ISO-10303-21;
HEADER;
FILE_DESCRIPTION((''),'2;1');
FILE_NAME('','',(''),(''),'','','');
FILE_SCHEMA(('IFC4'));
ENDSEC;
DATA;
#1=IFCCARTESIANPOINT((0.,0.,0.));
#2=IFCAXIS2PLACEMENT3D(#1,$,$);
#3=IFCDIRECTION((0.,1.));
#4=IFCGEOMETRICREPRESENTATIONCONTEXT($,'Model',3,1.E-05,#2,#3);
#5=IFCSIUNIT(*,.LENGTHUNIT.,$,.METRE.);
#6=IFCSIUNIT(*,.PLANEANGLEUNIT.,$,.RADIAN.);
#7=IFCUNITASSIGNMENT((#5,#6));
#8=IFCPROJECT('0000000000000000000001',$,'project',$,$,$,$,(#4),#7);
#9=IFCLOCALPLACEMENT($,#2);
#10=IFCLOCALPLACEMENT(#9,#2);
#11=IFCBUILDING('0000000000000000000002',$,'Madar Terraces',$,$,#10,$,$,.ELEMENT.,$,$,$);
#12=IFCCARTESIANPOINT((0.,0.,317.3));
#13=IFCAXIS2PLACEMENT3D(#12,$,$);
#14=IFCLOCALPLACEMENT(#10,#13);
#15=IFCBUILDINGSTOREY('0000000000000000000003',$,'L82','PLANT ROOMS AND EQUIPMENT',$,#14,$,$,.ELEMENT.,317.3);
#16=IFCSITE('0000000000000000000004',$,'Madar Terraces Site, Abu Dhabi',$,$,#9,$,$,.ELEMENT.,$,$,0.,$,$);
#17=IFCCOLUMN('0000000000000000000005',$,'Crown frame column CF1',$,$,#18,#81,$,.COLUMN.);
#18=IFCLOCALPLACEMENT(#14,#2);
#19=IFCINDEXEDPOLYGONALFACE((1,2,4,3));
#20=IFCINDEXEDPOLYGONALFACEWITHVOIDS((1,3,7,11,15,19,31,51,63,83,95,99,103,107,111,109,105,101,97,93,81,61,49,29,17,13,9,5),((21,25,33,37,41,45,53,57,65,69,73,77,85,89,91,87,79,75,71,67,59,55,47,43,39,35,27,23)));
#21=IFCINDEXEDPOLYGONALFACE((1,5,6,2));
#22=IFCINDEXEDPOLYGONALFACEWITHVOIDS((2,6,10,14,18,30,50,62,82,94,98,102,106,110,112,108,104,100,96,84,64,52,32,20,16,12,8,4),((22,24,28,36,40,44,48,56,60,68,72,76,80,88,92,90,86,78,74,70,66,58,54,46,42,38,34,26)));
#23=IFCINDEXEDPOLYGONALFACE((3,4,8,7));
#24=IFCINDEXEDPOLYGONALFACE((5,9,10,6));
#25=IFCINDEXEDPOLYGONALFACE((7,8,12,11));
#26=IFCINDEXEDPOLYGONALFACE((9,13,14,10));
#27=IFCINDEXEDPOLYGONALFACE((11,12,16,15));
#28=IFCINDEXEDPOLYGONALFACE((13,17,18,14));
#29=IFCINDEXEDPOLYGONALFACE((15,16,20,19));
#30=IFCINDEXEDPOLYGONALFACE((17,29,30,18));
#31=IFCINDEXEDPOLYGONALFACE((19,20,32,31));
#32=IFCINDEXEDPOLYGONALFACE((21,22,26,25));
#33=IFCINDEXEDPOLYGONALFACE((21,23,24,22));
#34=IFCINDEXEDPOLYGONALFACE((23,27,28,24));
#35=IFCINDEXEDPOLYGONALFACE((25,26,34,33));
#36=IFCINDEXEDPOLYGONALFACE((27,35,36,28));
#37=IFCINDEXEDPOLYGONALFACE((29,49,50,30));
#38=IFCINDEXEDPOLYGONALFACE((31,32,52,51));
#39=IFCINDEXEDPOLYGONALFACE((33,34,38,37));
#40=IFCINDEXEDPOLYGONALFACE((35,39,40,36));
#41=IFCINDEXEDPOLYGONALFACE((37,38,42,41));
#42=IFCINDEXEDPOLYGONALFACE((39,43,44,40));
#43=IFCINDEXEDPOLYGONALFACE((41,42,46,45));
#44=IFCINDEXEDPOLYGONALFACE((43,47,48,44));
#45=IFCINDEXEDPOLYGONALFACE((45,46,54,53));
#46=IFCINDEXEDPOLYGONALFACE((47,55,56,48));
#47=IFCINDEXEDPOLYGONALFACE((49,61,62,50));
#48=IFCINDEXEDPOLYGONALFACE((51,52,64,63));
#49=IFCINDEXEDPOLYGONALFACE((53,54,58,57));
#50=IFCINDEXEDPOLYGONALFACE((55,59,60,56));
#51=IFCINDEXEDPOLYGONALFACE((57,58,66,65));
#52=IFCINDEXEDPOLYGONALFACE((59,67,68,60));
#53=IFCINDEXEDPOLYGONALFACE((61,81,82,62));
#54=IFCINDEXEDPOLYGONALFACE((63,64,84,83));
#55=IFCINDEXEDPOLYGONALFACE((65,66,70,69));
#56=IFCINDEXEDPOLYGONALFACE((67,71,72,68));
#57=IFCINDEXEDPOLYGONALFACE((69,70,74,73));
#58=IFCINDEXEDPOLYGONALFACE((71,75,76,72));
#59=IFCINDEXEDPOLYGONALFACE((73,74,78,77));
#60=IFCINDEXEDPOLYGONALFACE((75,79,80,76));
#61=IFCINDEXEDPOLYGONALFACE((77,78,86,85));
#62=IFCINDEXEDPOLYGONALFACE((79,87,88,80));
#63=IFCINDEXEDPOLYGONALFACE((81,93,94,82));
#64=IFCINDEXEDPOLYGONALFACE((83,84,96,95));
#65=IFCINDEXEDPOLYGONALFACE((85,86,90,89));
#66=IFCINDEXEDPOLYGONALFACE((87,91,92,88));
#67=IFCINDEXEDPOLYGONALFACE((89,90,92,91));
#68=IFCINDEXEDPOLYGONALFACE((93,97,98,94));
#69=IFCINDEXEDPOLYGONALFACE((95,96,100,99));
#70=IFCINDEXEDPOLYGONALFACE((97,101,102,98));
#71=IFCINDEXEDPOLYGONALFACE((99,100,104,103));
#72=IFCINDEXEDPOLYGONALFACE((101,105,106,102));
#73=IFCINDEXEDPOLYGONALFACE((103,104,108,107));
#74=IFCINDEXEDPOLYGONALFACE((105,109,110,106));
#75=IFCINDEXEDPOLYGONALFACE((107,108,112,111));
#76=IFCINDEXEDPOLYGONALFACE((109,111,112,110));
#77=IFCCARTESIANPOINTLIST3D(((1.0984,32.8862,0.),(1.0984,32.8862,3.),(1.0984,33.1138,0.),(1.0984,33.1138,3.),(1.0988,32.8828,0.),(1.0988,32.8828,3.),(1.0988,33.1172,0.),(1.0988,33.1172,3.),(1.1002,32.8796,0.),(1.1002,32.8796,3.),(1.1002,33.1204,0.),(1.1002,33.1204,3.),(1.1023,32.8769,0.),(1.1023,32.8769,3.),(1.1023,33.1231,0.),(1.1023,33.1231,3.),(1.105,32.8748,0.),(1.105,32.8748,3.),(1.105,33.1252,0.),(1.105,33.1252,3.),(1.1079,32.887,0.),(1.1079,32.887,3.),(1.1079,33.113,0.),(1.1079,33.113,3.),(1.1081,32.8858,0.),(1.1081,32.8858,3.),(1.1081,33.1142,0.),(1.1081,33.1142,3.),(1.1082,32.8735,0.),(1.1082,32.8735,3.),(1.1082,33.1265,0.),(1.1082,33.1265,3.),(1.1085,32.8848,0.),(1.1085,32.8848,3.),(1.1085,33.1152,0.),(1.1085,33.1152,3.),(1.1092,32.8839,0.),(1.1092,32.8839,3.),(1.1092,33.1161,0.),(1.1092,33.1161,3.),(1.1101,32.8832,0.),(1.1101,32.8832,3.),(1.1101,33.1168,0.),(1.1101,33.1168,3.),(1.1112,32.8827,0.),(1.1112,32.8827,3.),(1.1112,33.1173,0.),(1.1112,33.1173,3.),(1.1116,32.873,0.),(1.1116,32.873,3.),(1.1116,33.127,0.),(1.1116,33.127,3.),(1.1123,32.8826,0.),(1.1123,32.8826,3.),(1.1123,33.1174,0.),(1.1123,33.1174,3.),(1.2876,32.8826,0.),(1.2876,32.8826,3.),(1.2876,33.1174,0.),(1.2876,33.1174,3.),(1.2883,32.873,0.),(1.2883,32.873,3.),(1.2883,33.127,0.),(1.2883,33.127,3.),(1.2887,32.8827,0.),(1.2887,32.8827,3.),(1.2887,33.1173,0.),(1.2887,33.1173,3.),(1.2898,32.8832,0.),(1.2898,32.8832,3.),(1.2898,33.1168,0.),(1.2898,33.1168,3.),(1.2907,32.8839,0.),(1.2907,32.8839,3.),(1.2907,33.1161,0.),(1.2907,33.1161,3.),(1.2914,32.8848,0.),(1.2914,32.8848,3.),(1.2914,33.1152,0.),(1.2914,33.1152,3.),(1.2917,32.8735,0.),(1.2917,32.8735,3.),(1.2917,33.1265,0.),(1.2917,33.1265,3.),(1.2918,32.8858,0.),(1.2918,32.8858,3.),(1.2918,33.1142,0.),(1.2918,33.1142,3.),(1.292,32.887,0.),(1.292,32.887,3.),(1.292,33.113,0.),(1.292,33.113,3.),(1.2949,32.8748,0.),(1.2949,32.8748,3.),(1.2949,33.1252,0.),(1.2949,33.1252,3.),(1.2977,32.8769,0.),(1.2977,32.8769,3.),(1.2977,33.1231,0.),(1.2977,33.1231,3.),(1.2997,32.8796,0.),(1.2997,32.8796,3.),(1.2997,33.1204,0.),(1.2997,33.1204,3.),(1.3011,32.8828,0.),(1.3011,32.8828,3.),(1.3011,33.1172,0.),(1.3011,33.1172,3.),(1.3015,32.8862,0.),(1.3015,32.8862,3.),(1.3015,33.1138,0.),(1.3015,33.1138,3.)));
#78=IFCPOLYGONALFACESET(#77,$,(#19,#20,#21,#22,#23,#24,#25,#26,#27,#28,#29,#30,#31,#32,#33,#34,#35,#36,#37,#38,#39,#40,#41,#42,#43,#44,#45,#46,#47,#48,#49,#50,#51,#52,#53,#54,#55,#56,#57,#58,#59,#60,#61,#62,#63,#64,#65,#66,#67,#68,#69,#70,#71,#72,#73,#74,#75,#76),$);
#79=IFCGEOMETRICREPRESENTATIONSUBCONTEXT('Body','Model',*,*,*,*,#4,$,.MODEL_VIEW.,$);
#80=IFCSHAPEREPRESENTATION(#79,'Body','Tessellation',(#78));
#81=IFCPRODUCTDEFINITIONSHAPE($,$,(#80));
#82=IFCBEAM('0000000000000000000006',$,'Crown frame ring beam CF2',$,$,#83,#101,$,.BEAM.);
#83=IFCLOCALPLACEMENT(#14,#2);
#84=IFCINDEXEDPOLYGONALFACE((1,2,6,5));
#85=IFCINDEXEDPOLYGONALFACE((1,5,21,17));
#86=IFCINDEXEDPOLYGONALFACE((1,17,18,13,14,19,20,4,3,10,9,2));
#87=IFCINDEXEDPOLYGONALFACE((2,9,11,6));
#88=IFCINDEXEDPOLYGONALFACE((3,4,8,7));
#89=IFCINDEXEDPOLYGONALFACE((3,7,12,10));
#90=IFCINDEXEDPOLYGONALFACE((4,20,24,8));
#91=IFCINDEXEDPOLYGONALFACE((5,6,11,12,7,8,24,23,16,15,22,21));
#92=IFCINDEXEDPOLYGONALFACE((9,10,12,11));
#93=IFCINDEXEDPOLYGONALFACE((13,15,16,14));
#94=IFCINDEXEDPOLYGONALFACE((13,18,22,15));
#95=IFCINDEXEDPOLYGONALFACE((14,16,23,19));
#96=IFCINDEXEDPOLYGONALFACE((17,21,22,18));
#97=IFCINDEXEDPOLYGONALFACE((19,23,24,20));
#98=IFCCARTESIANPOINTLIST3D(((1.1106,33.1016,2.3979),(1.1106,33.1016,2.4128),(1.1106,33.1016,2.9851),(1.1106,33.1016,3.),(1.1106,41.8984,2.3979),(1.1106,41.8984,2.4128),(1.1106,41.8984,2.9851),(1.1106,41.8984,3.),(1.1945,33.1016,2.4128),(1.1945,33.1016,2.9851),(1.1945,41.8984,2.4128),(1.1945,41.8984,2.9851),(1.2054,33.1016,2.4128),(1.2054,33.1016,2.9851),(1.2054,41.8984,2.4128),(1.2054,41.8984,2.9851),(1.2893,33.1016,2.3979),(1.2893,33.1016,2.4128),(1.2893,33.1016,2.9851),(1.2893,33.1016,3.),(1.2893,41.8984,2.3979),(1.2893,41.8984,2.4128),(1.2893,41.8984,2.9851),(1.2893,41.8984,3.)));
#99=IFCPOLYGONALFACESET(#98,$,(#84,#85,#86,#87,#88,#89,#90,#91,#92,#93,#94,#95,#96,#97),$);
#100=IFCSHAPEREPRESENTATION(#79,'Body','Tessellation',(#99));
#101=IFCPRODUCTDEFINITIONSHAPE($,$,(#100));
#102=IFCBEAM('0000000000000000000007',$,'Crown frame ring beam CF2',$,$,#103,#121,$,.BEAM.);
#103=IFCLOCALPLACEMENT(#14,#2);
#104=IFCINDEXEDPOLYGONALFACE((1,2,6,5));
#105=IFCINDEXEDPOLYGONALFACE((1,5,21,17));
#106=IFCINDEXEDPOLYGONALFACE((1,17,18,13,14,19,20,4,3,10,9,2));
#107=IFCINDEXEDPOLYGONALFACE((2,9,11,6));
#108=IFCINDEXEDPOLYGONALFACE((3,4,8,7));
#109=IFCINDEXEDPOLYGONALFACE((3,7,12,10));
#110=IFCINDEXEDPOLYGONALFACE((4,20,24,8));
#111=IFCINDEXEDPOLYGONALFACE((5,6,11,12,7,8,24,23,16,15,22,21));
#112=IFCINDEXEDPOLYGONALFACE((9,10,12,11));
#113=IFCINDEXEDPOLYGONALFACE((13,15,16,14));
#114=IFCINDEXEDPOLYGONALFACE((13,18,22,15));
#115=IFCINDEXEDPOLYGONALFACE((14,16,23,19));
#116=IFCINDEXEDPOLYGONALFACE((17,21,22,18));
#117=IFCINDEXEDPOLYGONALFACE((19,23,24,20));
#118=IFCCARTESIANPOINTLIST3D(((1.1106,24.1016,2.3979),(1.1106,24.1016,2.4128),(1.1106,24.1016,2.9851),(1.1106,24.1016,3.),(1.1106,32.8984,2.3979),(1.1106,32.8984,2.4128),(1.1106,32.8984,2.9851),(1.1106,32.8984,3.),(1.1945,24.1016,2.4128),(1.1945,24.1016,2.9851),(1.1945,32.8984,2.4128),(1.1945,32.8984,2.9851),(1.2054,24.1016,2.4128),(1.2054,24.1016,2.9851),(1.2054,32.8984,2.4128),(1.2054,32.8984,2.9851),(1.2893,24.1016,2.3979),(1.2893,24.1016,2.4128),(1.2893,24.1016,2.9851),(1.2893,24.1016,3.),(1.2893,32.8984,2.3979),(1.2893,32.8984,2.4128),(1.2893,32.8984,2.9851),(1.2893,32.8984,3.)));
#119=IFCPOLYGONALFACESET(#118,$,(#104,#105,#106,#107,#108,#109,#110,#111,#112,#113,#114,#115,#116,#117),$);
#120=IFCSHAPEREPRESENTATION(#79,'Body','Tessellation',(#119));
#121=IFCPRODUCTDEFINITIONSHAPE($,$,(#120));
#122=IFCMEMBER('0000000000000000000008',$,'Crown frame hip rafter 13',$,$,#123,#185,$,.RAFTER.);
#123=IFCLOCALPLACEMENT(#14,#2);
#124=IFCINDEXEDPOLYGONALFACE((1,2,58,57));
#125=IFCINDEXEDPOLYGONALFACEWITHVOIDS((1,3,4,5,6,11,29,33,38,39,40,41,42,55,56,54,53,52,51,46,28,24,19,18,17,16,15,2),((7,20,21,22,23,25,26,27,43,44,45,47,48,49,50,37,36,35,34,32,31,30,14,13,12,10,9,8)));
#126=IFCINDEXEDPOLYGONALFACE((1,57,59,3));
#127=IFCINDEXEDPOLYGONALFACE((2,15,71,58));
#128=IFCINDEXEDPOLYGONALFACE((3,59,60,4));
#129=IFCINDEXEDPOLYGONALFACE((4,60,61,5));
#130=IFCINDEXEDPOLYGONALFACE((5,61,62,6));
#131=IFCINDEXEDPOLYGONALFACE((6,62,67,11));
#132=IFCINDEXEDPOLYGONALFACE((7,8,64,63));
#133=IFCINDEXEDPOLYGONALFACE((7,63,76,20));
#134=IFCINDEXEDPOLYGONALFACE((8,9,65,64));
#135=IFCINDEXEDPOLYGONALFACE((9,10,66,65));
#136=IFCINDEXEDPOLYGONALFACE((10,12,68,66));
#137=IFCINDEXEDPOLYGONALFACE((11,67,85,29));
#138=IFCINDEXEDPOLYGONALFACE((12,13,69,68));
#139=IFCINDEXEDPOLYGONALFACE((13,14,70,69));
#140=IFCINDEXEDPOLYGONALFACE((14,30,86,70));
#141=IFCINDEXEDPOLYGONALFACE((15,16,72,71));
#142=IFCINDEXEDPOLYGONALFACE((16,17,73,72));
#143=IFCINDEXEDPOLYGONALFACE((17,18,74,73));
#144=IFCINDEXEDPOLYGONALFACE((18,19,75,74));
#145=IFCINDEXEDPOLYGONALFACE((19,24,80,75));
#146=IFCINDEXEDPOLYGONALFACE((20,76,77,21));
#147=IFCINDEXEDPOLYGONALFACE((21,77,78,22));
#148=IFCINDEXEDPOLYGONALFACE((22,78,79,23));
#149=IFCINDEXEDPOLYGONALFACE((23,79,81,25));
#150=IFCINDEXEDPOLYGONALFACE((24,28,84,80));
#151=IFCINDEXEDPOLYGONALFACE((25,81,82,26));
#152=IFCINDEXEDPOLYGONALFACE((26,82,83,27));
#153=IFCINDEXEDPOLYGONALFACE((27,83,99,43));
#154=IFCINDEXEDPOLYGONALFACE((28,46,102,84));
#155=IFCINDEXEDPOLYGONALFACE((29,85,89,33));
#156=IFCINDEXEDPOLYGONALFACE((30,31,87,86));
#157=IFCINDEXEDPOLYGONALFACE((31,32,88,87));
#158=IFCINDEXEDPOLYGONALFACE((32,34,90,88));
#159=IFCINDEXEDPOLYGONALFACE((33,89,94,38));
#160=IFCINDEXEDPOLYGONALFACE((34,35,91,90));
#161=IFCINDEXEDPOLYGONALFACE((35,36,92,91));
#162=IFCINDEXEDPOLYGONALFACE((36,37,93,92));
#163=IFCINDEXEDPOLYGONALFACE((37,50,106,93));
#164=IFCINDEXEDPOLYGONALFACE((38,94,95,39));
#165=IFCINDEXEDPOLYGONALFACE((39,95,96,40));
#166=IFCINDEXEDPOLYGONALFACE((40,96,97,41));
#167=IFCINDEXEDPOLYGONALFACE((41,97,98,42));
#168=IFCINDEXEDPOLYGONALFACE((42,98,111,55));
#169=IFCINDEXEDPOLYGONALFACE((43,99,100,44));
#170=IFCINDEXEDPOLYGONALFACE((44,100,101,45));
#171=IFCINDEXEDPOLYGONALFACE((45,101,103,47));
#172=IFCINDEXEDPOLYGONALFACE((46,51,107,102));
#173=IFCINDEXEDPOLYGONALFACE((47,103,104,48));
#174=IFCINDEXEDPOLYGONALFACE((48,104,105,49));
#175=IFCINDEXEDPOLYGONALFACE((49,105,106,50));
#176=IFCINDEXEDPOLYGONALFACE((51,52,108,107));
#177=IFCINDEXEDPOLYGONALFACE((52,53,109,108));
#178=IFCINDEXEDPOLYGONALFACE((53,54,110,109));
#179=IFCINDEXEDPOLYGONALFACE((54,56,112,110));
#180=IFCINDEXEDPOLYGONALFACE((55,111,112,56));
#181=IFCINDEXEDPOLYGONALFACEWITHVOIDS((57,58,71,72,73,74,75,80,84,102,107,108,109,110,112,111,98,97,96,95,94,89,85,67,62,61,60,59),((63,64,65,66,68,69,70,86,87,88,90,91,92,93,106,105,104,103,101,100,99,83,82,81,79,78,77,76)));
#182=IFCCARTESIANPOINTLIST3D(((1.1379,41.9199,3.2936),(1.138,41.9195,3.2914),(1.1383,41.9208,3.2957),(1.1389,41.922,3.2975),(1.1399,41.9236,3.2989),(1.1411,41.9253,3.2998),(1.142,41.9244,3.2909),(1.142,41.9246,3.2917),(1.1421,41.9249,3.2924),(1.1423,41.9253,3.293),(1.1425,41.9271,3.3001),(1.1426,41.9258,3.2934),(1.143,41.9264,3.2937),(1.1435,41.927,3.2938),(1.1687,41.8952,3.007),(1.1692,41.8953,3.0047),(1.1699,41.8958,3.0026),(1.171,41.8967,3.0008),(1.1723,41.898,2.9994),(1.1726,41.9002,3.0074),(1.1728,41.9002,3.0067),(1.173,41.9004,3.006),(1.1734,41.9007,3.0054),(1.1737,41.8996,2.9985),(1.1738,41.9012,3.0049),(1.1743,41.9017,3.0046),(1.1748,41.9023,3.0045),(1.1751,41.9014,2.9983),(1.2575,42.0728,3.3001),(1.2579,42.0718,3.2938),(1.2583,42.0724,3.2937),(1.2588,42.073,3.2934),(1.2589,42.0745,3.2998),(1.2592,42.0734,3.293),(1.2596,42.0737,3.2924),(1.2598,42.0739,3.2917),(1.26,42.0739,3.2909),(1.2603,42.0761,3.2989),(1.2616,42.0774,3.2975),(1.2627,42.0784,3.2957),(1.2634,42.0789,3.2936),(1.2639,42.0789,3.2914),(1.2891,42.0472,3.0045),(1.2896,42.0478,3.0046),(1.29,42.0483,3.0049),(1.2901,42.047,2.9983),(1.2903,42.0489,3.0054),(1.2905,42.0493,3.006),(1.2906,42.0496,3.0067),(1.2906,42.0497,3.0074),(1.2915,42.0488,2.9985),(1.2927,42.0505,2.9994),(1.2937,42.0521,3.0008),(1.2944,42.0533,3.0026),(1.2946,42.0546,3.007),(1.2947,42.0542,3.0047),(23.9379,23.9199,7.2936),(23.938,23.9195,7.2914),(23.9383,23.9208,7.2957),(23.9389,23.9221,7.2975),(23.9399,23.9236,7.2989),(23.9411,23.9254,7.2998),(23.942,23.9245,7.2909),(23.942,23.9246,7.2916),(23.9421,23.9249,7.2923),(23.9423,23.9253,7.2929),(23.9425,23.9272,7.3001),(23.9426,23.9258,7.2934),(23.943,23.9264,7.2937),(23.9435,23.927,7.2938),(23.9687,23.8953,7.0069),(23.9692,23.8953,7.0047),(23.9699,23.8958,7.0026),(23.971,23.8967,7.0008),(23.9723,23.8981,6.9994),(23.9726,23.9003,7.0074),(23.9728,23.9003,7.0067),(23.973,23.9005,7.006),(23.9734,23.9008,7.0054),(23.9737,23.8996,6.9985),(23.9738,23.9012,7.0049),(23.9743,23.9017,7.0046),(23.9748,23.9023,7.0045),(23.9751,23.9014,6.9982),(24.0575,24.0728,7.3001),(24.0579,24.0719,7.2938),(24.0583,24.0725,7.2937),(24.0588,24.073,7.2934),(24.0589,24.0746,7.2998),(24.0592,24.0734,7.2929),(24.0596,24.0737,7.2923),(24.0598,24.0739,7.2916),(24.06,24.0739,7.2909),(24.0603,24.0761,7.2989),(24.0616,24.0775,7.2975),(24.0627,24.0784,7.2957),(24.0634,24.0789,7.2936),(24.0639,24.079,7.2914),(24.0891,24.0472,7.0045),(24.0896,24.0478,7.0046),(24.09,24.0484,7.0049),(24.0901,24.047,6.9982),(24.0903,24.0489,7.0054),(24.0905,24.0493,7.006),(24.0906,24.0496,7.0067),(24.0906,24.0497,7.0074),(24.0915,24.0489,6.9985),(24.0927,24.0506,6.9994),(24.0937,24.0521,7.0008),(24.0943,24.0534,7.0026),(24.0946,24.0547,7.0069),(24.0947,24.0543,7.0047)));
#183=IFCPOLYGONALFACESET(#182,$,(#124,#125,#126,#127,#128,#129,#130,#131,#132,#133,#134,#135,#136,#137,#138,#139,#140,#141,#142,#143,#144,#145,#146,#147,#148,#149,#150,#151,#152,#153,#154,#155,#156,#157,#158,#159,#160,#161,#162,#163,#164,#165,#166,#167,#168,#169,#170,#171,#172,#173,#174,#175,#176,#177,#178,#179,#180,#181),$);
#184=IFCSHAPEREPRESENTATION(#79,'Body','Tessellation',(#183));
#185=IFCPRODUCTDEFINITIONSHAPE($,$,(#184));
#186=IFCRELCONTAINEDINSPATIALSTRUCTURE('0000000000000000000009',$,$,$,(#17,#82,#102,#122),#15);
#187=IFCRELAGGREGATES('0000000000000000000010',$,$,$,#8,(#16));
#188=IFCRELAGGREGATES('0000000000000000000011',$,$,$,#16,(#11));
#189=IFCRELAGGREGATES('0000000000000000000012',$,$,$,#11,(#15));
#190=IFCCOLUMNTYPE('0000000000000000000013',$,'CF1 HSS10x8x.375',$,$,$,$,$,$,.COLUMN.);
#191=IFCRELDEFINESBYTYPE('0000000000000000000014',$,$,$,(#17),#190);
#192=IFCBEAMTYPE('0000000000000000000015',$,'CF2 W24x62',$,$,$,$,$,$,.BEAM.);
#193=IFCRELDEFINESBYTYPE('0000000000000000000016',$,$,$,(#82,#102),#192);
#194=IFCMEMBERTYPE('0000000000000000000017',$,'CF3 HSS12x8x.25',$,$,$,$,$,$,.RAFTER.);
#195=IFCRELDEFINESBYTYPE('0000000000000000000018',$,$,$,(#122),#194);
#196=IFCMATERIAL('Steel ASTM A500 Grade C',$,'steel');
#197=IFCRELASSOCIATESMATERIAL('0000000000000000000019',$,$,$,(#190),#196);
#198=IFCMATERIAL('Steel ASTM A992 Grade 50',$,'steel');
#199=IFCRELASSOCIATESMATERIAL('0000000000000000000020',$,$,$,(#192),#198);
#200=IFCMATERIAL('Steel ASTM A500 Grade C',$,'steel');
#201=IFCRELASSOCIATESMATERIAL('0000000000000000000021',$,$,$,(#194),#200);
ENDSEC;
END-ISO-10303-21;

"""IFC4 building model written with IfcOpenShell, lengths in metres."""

from ifc_helpers import new_model, si_unit, direction, frame, origin, origin_2d, place, context, subcontext, project, spatial, hollow_rectangle, i_section, extrude, material, material_profile, profile_set, type_object, element, save


model = new_model("IFC4")

# Units and contexts
model_context = context("Model", 3, precision=1e-05, world=origin(), true_north=direction((0.0, 1.0)))
body_context = subcontext(model_context, "Body", "Model", "MODEL_VIEW")
ifc_project = project(units=[si_unit("LENGTHUNIT", "METRE"), si_unit("PLANEANGLEUNIT", "RADIAN")], contexts=[model_context])

# Site, building, storey
site_placement = place(None, origin())
site = spatial("IfcSite", under=ifc_project, at=site_placement, Name="Madar Terraces Site, Abu Dhabi", CompositionType="ELEMENT", RefElevation=0.0)
building_placement = place(site_placement, origin())
building = spatial("IfcBuilding", under=site, at=building_placement, Name="Madar Terraces", CompositionType="ELEMENT")
storey_placement = place(building_placement, frame((0.0, 0.0, 317.3)))
storey = spatial("IfcBuildingStorey", under=building, at=storey_placement, Name="L82", Description="PLANT ROOMS AND EQUIPMENT", CompositionType="ELEMENT", Elevation=317.3)

# Column
ifc_material_1 = material(Name="Steel ASTM A500 Grade C", Category="steel")
ifc_material_profile_1 = material_profile(ifc_material_1, hollow_rectangle(XDim=0.2031, YDim=0.2539, WallThickness=0.0095, InnerFilletRadius=0.0044, OuterFilletRadius=0.0132, at=origin_2d()), Name="HSS10x8x.375")
ifc_profile_set_1 = profile_set([ifc_material_profile_1], Name="Steel ASTM A500 Grade C")
column_type = type_object("IfcColumnType", Name="CF1 HSS10x8x.375", PredefinedType="COLUMN", material=ifc_profile_set_1)
column_placement = place(storey_placement, frame((1.2, 33.0, 0.0), z_axis=(0.0, 0.0, 1.0), x_axis=(1.0, 0.0, 0.0)))
element("IfcColumn", 1, at=column_placement, inside=storey, type_object=column_type, Name="Crown frame column CF1", PredefinedType="COLUMN", context=body_context, shape_type="SweptSolid", body=[
    extrude(hollow_rectangle(XDim=0.2031, YDim=0.2539, WallThickness=0.0095, InnerFilletRadius=0.0044, OuterFilletRadius=0.0132, at=origin_2d()), origin(), (0.0, 0.0, 1.0), 3.0),
])

# Beams
ifc_material_2 = material(Name="Steel ASTM A992 Grade 50", Category="steel")
ifc_material_profile_2 = material_profile(ifc_material_2, i_section(OverallWidth=0.1787, OverallDepth=0.6021, WebThickness=0.011, FlangeThickness=0.0149, at=origin_2d()), Name="W24x62")
ifc_profile_set_2 = profile_set([ifc_material_profile_2], Name="Steel ASTM A992 Grade 50")
beam_type = type_object("IfcBeamType", Name="CF2 W24x62", PredefinedType="BEAM", material=ifc_profile_set_2)
for number, where, z_axis, x_axis, name in (
    (2, (1.2, 41.8984, 2.699), (0.0, -1.0, 0.0), (1.0, 0.0, 0.0), "Crown frame ring beam CF2"),
    (3, (1.2, 32.8984, 2.699), (0.0, -1.0, 0.0), (1.0, 0.0, 0.0), "Crown frame ring beam CF2"),
):
    element("IfcBeam", number, at=place(storey_placement, frame(where, z_axis=z_axis, x_axis=x_axis)), inside=storey, type_object=beam_type, Name=name, PredefinedType="BEAM", context=body_context, shape_type="SweptSolid", body=[
        extrude(i_section(OverallWidth=0.1787, OverallDepth=0.6021, WebThickness=0.011, FlangeThickness=0.0149, at=origin_2d()), origin(), (0.0, 0.0, 1.0), 8.7969),
    ])

# Member
ifc_material_3 = material(Name="Steel ASTM A500 Grade C", Category="steel")
ifc_material_profile_3 = material_profile(ifc_material_3, hollow_rectangle(XDim=0.2031, YDim=0.3047, WallThickness=0.0063, InnerFilletRadius=0.0029, OuterFilletRadius=0.0088, at=origin_2d()), Name="HSS12x8x.25")
ifc_profile_set_3 = profile_set([ifc_material_profile_3], Name="Steel ASTM A500 Grade C")
member_type_1 = type_object("IfcMemberType", Name="CF3 HSS12x8x.25", PredefinedType="RAFTER", material=ifc_profile_set_3)
member_1_placement = place(storey_placement, frame((1.2163, 41.9871, 3.1492), z_axis=(0.777547, -0.613851, 0.136411), x_axis=(0.619643, 0.784883, 0.0)))
element("IfcMember", 4, at=member_1_placement, inside=storey, type_object=member_type_1, Name="Crown frame hip rafter 13", PredefinedType="RAFTER", context=body_context, shape_type="SweptSolid", body=[
    extrude(hollow_rectangle(XDim=0.2031, YDim=0.3047, WallThickness=0.0063, InnerFilletRadius=0.0029, OuterFilletRadius=0.0088, at=origin_2d()), origin(), (0.0, 0.0, 1.0), 29.323),
])

save(model, "model.ifc")
